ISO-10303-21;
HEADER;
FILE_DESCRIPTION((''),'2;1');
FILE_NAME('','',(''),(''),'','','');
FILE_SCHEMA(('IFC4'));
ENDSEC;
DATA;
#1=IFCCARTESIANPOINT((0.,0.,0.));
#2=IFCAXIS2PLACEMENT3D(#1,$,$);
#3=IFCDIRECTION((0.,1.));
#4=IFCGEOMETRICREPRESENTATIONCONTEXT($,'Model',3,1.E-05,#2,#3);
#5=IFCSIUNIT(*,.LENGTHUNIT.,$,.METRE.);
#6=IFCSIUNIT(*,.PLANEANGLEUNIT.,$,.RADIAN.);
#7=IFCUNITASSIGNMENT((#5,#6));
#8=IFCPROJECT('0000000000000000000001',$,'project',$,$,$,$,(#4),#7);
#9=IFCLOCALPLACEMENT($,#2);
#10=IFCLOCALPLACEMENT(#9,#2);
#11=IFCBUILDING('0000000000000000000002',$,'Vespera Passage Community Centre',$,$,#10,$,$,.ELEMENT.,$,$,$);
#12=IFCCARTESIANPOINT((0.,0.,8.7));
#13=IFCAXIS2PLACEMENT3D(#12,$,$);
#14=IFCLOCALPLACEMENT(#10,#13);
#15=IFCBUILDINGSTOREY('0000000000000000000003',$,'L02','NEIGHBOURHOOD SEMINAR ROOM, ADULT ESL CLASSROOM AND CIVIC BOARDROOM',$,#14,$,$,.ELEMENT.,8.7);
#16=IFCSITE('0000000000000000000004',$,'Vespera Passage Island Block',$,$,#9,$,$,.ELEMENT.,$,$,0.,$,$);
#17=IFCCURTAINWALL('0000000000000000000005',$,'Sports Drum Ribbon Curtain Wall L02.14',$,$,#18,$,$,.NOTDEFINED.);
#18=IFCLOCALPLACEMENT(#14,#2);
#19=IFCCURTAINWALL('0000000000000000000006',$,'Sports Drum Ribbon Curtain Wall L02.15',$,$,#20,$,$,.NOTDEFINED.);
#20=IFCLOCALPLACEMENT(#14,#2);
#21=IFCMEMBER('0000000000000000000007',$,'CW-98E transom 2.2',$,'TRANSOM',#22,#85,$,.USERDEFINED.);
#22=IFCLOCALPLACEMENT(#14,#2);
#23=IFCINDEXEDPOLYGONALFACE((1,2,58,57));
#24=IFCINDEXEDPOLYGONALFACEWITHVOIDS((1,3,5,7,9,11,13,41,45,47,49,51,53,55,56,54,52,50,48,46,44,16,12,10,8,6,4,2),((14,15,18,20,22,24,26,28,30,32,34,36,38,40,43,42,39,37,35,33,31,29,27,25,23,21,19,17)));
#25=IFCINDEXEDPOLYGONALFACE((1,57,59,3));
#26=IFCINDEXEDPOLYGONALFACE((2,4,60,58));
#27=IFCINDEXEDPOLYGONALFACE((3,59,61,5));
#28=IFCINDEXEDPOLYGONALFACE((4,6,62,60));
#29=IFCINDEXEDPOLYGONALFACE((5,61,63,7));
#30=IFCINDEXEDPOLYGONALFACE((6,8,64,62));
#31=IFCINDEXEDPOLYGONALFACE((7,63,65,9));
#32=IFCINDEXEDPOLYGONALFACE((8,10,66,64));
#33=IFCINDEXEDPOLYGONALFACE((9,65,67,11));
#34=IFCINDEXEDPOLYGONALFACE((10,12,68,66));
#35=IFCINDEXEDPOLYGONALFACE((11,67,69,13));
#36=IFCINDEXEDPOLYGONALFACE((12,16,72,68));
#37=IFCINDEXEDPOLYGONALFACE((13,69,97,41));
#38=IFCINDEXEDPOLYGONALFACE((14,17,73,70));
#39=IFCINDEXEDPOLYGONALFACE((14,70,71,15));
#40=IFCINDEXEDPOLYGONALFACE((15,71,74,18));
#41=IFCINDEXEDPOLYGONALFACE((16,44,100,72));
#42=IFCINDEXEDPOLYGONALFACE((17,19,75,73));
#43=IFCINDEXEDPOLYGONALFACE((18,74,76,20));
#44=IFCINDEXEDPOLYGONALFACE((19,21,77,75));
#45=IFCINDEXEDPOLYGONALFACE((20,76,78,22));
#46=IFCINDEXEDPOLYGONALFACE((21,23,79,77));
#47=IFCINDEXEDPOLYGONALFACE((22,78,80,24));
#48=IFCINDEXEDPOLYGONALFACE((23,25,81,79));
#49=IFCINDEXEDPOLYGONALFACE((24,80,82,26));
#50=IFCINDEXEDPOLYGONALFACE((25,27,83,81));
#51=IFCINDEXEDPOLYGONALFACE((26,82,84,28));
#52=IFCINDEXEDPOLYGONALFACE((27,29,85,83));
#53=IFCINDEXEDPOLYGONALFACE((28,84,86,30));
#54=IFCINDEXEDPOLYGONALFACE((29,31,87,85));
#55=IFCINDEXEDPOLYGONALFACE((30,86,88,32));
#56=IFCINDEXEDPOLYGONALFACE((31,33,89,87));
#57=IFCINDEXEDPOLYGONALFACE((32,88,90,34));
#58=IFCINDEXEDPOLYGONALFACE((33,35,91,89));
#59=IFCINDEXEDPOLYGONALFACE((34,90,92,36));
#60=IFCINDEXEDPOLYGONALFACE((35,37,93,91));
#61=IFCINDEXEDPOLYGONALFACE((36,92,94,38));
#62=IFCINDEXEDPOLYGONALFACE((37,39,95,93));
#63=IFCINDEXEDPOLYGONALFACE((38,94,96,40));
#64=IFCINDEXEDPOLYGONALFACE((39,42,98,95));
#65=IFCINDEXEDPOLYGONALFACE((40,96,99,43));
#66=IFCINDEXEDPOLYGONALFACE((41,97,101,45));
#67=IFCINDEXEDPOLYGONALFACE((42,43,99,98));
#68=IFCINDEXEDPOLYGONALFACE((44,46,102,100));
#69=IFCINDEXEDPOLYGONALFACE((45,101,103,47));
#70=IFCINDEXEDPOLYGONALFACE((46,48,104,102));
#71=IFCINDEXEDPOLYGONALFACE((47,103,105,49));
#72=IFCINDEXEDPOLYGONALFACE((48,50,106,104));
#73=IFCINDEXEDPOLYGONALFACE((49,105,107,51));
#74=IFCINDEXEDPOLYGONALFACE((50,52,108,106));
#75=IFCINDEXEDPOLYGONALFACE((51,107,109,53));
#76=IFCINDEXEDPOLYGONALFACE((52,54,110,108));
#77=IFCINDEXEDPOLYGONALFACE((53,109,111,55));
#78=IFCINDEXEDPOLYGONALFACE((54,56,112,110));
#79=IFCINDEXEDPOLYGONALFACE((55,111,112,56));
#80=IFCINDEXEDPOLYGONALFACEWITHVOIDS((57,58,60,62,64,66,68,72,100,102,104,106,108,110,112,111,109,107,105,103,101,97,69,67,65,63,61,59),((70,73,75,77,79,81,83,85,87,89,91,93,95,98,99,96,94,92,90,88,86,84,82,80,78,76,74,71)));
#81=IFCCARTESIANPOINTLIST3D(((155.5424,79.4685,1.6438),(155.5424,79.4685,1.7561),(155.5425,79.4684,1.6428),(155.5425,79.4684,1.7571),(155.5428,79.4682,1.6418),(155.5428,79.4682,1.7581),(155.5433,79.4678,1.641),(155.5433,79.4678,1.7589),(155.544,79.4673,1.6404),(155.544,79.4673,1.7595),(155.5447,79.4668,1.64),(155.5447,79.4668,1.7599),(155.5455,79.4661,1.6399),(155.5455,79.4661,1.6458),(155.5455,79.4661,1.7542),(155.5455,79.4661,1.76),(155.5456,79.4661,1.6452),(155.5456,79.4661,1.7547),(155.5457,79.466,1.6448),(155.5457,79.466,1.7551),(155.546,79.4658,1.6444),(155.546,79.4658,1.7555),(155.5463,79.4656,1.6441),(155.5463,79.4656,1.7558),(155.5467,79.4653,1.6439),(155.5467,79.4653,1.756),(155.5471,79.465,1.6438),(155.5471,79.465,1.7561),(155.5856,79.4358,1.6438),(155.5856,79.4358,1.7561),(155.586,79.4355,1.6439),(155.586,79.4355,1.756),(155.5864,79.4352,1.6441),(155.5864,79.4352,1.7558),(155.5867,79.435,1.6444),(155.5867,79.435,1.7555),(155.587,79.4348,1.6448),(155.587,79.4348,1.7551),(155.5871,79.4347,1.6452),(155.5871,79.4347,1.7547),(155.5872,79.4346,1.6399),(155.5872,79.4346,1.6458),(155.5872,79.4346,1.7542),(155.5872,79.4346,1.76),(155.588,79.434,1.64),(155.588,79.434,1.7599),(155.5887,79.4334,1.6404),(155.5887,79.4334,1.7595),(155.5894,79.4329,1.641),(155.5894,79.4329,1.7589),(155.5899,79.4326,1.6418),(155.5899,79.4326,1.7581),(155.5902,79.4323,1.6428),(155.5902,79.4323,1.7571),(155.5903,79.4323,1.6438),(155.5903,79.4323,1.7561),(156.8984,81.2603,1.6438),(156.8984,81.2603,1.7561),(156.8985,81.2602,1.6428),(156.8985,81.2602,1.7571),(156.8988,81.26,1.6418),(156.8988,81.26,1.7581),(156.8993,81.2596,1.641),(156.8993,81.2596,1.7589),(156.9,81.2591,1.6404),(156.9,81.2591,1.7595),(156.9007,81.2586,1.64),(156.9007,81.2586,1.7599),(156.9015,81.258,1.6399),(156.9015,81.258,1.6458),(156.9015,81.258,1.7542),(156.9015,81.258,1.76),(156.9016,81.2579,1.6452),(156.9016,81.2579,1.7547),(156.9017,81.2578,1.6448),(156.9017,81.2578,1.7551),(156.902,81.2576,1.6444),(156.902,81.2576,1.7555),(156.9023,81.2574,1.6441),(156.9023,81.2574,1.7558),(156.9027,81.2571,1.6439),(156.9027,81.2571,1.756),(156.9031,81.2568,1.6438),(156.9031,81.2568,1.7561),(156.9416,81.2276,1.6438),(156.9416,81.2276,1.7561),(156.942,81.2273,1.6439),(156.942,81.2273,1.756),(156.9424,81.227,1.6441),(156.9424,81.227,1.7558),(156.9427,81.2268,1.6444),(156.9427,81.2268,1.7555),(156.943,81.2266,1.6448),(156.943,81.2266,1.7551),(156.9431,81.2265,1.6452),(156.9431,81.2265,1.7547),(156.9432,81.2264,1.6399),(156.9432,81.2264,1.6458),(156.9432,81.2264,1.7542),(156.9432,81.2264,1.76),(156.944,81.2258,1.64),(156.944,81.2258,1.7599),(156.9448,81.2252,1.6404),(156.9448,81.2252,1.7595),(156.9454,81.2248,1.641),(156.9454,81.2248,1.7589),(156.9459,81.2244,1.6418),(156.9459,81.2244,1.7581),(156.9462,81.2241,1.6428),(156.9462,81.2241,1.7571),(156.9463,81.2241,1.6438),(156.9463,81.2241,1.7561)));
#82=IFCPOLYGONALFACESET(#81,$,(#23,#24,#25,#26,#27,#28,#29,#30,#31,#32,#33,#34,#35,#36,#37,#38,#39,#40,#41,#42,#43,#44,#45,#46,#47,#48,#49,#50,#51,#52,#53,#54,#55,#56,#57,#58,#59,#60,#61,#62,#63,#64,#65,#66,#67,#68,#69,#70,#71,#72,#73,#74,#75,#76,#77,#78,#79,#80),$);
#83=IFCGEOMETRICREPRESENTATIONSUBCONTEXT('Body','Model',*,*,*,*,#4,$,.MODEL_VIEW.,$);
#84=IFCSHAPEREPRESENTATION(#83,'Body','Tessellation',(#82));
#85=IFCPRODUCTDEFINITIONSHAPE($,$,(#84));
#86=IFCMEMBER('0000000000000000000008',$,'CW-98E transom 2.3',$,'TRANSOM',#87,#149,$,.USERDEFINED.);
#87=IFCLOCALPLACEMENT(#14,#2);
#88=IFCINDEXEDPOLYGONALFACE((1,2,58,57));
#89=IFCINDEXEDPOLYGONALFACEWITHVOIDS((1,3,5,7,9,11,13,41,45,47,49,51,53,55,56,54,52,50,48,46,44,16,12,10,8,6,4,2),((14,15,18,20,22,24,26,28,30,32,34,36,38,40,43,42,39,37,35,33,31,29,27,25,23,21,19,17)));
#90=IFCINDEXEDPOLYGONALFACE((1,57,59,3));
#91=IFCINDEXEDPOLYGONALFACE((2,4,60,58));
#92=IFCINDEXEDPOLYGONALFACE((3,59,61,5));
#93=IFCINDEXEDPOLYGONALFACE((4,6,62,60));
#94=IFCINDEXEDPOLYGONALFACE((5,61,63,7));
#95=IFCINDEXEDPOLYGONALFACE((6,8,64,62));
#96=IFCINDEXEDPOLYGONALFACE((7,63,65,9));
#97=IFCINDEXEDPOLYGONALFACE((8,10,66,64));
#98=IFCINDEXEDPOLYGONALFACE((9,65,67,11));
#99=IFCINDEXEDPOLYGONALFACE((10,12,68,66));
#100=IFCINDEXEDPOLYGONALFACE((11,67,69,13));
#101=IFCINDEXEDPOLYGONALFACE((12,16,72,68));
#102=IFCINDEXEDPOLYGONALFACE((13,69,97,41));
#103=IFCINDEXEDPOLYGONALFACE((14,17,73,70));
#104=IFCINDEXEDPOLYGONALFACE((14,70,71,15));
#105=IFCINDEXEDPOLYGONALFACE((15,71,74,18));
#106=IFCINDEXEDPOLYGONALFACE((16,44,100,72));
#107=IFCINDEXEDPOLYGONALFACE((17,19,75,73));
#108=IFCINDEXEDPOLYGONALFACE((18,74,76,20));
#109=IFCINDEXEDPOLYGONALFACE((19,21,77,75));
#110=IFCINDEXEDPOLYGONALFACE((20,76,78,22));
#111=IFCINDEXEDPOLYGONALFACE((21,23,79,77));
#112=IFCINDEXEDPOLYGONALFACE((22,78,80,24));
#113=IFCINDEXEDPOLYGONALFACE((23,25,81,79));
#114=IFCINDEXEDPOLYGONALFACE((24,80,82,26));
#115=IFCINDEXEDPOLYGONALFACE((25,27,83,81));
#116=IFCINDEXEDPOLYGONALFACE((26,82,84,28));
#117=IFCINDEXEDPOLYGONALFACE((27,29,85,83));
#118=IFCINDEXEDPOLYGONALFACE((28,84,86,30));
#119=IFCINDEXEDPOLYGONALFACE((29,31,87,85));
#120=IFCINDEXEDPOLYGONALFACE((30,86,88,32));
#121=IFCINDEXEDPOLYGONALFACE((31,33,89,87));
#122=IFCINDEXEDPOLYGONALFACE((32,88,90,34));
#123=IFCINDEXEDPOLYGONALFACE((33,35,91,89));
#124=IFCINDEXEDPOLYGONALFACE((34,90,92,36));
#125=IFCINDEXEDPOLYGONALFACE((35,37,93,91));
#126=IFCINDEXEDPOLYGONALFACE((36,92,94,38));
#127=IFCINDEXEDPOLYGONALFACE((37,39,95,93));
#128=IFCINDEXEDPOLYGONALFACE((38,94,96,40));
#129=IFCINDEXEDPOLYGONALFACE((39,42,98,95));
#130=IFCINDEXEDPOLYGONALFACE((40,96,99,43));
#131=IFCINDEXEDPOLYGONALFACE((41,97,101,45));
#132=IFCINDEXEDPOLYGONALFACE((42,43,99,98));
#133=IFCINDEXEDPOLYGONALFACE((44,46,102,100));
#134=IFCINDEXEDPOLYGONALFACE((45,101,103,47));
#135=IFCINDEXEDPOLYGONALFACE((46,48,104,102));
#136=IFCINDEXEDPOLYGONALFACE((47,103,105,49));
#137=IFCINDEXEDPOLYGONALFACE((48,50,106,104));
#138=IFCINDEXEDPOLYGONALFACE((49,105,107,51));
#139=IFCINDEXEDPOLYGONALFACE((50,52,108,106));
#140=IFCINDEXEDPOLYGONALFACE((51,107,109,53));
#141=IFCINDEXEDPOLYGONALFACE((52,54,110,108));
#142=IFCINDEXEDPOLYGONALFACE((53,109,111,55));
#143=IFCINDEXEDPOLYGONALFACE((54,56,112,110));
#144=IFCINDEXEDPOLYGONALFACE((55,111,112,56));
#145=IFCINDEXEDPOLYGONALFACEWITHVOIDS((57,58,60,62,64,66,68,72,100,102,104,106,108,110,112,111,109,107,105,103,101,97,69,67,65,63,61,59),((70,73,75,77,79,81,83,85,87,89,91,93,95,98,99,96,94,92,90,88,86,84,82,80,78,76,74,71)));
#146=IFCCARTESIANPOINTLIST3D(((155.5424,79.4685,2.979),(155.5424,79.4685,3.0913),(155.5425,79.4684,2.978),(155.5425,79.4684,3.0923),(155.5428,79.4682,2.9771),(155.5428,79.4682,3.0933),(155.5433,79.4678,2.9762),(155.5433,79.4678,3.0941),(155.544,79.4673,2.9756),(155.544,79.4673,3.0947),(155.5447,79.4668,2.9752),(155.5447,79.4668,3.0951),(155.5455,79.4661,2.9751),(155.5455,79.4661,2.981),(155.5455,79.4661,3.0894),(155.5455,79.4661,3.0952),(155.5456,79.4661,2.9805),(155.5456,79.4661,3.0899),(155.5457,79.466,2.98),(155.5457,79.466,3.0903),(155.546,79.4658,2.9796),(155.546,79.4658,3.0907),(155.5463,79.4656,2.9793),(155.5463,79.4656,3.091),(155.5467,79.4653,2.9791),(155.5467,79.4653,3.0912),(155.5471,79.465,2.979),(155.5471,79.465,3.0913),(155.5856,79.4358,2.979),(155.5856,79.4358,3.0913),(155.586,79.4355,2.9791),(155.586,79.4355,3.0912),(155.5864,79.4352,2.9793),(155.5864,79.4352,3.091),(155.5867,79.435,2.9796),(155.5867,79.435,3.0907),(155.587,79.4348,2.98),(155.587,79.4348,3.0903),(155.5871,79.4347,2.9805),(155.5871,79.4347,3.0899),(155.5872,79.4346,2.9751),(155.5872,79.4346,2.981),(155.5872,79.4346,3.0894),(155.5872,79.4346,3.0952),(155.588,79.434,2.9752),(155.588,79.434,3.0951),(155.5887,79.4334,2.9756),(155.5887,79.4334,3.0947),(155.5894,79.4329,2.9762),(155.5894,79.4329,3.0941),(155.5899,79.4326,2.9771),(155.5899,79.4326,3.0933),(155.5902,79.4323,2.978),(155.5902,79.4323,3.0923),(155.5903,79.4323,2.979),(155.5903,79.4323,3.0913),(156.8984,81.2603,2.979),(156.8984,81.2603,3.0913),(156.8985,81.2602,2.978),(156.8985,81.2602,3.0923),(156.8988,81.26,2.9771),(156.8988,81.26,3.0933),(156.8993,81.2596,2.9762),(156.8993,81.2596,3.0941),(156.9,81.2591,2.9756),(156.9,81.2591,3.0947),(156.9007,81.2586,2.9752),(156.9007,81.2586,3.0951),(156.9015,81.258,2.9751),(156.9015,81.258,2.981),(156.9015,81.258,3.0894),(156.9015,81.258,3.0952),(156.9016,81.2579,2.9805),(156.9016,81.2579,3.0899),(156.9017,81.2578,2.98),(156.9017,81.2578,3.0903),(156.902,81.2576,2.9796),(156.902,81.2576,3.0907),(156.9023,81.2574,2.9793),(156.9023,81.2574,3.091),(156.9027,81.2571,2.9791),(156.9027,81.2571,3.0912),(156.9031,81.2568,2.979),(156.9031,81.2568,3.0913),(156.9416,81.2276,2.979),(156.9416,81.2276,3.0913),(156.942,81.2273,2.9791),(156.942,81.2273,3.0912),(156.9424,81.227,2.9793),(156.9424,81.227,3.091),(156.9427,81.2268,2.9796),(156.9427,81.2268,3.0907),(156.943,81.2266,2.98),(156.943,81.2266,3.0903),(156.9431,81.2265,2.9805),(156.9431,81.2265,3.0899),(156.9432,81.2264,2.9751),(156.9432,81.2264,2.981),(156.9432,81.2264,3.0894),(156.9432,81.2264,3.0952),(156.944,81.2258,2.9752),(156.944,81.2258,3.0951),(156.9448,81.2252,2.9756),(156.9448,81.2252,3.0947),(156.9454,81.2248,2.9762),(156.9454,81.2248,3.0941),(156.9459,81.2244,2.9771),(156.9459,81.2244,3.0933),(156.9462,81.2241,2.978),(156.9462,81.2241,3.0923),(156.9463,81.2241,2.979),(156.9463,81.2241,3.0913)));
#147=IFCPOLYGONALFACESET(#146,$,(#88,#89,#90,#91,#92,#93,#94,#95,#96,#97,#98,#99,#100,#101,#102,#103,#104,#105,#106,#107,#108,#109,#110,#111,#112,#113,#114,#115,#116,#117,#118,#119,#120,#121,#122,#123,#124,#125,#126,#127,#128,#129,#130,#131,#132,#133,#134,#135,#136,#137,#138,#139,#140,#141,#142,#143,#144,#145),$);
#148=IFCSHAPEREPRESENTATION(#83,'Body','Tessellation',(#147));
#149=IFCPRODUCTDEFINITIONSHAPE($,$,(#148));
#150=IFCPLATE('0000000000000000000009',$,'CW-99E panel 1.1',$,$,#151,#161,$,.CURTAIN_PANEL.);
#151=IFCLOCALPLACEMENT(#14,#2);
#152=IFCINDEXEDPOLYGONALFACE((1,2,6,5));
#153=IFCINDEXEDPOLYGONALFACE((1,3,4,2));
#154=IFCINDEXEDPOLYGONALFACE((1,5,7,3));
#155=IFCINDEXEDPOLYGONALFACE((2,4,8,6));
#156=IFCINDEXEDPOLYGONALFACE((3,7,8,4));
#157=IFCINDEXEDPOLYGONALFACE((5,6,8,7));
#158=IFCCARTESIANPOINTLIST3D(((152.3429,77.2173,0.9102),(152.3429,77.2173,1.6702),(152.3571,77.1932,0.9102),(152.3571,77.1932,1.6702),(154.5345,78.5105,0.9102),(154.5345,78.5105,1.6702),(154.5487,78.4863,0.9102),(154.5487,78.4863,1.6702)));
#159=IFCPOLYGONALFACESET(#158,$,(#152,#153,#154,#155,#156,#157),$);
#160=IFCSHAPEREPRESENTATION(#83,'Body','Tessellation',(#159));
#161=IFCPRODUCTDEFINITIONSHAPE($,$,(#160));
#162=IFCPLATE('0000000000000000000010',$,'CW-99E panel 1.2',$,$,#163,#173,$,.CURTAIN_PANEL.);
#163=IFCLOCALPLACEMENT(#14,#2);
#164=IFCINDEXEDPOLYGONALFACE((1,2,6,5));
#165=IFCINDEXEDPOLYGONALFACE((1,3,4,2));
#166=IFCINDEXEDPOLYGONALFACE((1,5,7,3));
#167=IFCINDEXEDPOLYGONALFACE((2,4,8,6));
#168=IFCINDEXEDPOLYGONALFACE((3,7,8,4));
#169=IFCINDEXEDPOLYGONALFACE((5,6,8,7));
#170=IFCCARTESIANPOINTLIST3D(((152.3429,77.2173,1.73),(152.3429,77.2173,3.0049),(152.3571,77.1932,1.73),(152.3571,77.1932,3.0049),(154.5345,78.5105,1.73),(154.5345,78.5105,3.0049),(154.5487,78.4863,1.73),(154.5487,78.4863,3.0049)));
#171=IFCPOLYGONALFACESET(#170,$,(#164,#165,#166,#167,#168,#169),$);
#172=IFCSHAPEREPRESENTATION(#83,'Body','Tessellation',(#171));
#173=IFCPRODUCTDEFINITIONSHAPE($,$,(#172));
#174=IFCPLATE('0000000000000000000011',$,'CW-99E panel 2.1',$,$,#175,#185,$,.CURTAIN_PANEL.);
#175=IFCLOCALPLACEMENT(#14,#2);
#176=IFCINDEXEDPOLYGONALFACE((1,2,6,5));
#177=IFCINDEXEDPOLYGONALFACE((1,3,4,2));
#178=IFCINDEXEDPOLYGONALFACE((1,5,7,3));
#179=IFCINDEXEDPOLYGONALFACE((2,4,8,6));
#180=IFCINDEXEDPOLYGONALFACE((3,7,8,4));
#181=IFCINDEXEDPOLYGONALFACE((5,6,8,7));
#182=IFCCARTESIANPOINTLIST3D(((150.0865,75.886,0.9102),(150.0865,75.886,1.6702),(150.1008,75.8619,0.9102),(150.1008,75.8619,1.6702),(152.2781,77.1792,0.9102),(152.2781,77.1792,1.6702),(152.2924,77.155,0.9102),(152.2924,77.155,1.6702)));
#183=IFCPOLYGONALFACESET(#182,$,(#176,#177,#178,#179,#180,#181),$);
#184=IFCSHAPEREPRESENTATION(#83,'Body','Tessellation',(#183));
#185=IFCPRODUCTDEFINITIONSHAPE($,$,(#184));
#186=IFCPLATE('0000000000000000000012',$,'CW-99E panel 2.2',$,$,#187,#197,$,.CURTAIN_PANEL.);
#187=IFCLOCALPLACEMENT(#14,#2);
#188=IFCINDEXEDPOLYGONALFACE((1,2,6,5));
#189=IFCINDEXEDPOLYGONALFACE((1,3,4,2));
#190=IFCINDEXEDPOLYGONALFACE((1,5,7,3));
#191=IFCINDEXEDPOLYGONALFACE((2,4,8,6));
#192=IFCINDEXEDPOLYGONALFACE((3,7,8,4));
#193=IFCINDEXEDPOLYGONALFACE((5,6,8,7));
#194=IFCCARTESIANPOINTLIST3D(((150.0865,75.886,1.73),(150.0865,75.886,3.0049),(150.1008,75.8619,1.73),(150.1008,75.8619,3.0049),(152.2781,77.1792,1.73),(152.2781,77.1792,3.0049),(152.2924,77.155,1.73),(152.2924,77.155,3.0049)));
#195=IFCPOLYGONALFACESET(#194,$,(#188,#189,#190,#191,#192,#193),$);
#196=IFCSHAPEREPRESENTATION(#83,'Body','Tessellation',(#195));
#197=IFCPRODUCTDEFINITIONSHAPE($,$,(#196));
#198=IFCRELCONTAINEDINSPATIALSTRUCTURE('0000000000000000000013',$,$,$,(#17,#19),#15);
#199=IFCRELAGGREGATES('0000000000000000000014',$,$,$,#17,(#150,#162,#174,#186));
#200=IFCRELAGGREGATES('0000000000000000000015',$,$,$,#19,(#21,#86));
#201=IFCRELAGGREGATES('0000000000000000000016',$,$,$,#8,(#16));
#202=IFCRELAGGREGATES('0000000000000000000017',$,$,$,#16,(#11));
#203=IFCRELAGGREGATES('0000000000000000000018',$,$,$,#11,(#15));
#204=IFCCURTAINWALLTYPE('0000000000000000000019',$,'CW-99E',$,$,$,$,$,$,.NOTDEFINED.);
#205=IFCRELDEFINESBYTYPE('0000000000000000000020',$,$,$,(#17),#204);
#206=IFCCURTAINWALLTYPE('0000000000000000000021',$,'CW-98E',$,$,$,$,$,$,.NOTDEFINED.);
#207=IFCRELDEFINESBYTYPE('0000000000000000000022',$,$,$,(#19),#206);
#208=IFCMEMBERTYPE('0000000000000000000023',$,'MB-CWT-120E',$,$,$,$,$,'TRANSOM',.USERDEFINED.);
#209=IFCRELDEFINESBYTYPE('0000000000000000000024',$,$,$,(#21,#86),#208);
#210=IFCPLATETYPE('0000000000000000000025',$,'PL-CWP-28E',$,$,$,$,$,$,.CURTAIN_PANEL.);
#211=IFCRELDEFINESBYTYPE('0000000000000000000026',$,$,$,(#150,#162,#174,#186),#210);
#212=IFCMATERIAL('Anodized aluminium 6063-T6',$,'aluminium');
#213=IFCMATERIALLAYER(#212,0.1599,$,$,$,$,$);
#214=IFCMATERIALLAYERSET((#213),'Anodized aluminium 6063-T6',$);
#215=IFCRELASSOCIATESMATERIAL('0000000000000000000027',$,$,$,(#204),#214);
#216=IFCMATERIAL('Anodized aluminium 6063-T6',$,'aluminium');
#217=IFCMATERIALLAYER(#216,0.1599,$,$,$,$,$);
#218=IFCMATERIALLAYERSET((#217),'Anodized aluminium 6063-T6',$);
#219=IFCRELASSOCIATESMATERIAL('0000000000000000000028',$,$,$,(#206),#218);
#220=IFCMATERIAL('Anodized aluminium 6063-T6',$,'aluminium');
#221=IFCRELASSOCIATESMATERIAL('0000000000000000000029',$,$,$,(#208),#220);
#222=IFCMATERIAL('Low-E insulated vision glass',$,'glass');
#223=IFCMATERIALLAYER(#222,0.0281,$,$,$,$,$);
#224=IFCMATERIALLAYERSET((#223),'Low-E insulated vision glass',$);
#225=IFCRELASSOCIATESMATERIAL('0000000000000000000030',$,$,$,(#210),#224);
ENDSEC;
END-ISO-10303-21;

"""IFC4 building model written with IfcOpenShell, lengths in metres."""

from ifc_helpers import new_model, si_unit, direction, frame, origin, origin_2d, place, context, subcontext, project, spatial, rectangle, hollow_rectangle, extrude, material, layer, layer_set, material_profile, profile_set, type_object, element, aggregate, save


model = new_model("IFC4")

# Units and contexts
model_context = context("Model", 3, precision=1e-05, world=origin(), true_north=direction((0.0, 1.0)))
body_context = subcontext(model_context, "Body", "Model", "MODEL_VIEW")
ifc_project = project(units=[si_unit("LENGTHUNIT", "METRE"), si_unit("PLANEANGLEUNIT", "RADIAN")], contexts=[model_context])

# Site, building, storey
site_placement = place(None, origin())
site = spatial("IfcSite", under=ifc_project, at=site_placement, Name="Vespera Passage Island Block", CompositionType="ELEMENT", RefElevation=0.0)
building_placement = place(site_placement, origin())
building = spatial("IfcBuilding", under=site, at=building_placement, Name="Vespera Passage Community Centre", CompositionType="ELEMENT")
storey_placement = place(building_placement, frame((0.0, 0.0, 8.7)))
storey = spatial("IfcBuildingStorey", under=building, at=storey_placement, Name="L02", Description="NEIGHBOURHOOD SEMINAR ROOM, ADULT ESL CLASSROOM AND CIVIC BOARDROOM", CompositionType="ELEMENT", Elevation=8.7)

# Shared definitions
ifc_material_1 = material(Name="Anodized aluminium 6063-T6", Category="aluminium")
ifc_layer_1 = layer(ifc_material_1, 0.1599)
ifc_layer_set_1 = layer_set([ifc_layer_1], Name="Anodized aluminium 6063-T6")
curtain_wall_type_1 = type_object("IfcCurtainWallType", Name="CW-99E", PredefinedType="NOTDEFINED", material=ifc_layer_set_1)

# Curtain walls
curtain_wall_1_placement = place(storey_placement, origin())
curtain_wall_1 = element("IfcCurtainWall", 1, at=curtain_wall_1_placement, inside=storey, type_object=curtain_wall_type_1, Name="Sports Drum Ribbon Curtain Wall L02.14", PredefinedType="NOTDEFINED")
ifc_material_2 = material(Name="Anodized aluminium 6063-T6", Category="aluminium")
ifc_layer_2 = layer(ifc_material_2, 0.1599)
ifc_layer_set_2 = layer_set([ifc_layer_2], Name="Anodized aluminium 6063-T6")
curtain_wall_type_2 = type_object("IfcCurtainWallType", Name="CW-98E", PredefinedType="NOTDEFINED", material=ifc_layer_set_2)
curtain_wall_2_placement = place(storey_placement, origin())
curtain_wall_2 = element("IfcCurtainWall", 2, at=curtain_wall_2_placement, inside=storey, type_object=curtain_wall_type_2, Name="Sports Drum Ribbon Curtain Wall L02.15", PredefinedType="NOTDEFINED")

# Members
ifc_material_3 = material(Name="Anodized aluminium 6063-T6", Category="aluminium")
ifc_material_profile_1 = material_profile(ifc_material_3, hollow_rectangle(XDim=0.0601, YDim=0.1201, WallThickness=0.0039, InnerFilletRadius=0.002, OuterFilletRadius=0.0039, at=origin_2d()), Name="ALU120X60X4")
ifc_profile_set_1 = profile_set([ifc_material_profile_1], Name="Anodized aluminium 6063-T6")
member_type_1 = type_object("IfcMemberType", Name="MB-CWT-120E", ElementType="TRANSOM", PredefinedType="USERDEFINED", material=ifc_profile_set_1)
member_1_placement = place(storey_placement, frame((156.9224, 81.2422, 1.7), z_axis=(-0.603454, -0.797398, 0.0), x_axis=(0.797398, -0.603454, 0.0)))
member_1 = element("IfcMember", 3, at=member_1_placement, type_object=member_type_1, Name="CW-98E transom 2.2", ObjectType="TRANSOM", PredefinedType="USERDEFINED", context=body_context, shape_type="SweptSolid", body=[
    extrude(hollow_rectangle(XDim=0.0601, YDim=0.1201, WallThickness=0.0039, InnerFilletRadius=0.002, OuterFilletRadius=0.0039, at=origin_2d()), origin(), (0.0, 0.0, 1.0), 2.2471),
])
member_2_placement = place(storey_placement, frame((156.9224, 81.2422, 3.0352), z_axis=(-0.603454, -0.797398, 0.0), x_axis=(0.797398, -0.603454, 0.0)))
member_2 = element("IfcMember", 4, at=member_2_placement, type_object=member_type_1, Name="CW-98E transom 2.3", ObjectType="TRANSOM", PredefinedType="USERDEFINED", context=body_context, shape_type="SweptSolid", body=[
    extrude(hollow_rectangle(XDim=0.0601, YDim=0.1201, WallThickness=0.0039, InnerFilletRadius=0.002, OuterFilletRadius=0.0039, at=origin_2d()), origin(), (0.0, 0.0, 1.0), 2.2471),
])

# Plates
ifc_material_4 = material(Name="Low-E insulated vision glass", Category="glass")
ifc_layer_3 = layer(ifc_material_4, 0.0281)
ifc_layer_set_3 = layer_set([ifc_layer_3], Name="Low-E insulated vision glass")
plate_type = type_object("IfcPlateType", Name="PL-CWP-28E", PredefinedType="CURTAIN_PANEL", material=ifc_layer_set_3)
plate_1_placement = place(storey_placement, frame((153.4458, 77.8518, 0.9102), z_axis=(0.0, 0.0, 1.0), x_axis=(-0.861257, -0.50817, 0.0)))
plate_1 = element("IfcPlate", 5, at=plate_1_placement, type_object=plate_type, Name="CW-99E panel 1.1", PredefinedType="CURTAIN_PANEL", context=body_context, shape_type="SweptSolid", body=[
    extrude(rectangle(XDim=2.5447, YDim=0.0281, at=origin_2d()), origin(), (0.0, 0.0, 1.0), 0.76),
])
plate_2_placement = place(storey_placement, frame((153.4458, 77.8518, 1.73), z_axis=(0.0, 0.0, 1.0), x_axis=(-0.861257, -0.50817, 0.0)))
plate_2 = element("IfcPlate", 6, at=plate_2_placement, type_object=plate_type, Name="CW-99E panel 1.2", PredefinedType="CURTAIN_PANEL", context=body_context, shape_type="SweptSolid", body=[
    extrude(rectangle(XDim=2.5447, YDim=0.0281, at=origin_2d()), origin(), (0.0, 0.0, 1.0), 1.2749),
])
plate_3_placement = place(storey_placement, frame((151.1895, 76.5205, 0.9102), z_axis=(0.0, 0.0, 1.0), x_axis=(-0.861257, -0.50817, 0.0)))
plate_3 = element("IfcPlate", 7, at=plate_3_placement, type_object=plate_type, Name="CW-99E panel 2.1", PredefinedType="CURTAIN_PANEL", context=body_context, shape_type="SweptSolid", body=[
    extrude(rectangle(XDim=2.5447, YDim=0.0281, at=origin_2d()), origin(), (0.0, 0.0, 1.0), 0.76),
])
plate_4_placement = place(storey_placement, frame((151.1895, 76.5205, 1.73), z_axis=(0.0, 0.0, 1.0), x_axis=(-0.861257, -0.50817, 0.0)))
plate_4 = element("IfcPlate", 8, at=plate_4_placement, type_object=plate_type, Name="CW-99E panel 2.2", PredefinedType="CURTAIN_PANEL", context=body_context, shape_type="SweptSolid", body=[
    extrude(rectangle(XDim=2.5447, YDim=0.0281, at=origin_2d()), origin(), (0.0, 0.0, 1.0), 1.2749),
])
aggregate(curtain_wall_1, [plate_1, plate_2, plate_3, plate_4])
aggregate(curtain_wall_2, [member_1, member_2])

save(model, "model.ifc")
